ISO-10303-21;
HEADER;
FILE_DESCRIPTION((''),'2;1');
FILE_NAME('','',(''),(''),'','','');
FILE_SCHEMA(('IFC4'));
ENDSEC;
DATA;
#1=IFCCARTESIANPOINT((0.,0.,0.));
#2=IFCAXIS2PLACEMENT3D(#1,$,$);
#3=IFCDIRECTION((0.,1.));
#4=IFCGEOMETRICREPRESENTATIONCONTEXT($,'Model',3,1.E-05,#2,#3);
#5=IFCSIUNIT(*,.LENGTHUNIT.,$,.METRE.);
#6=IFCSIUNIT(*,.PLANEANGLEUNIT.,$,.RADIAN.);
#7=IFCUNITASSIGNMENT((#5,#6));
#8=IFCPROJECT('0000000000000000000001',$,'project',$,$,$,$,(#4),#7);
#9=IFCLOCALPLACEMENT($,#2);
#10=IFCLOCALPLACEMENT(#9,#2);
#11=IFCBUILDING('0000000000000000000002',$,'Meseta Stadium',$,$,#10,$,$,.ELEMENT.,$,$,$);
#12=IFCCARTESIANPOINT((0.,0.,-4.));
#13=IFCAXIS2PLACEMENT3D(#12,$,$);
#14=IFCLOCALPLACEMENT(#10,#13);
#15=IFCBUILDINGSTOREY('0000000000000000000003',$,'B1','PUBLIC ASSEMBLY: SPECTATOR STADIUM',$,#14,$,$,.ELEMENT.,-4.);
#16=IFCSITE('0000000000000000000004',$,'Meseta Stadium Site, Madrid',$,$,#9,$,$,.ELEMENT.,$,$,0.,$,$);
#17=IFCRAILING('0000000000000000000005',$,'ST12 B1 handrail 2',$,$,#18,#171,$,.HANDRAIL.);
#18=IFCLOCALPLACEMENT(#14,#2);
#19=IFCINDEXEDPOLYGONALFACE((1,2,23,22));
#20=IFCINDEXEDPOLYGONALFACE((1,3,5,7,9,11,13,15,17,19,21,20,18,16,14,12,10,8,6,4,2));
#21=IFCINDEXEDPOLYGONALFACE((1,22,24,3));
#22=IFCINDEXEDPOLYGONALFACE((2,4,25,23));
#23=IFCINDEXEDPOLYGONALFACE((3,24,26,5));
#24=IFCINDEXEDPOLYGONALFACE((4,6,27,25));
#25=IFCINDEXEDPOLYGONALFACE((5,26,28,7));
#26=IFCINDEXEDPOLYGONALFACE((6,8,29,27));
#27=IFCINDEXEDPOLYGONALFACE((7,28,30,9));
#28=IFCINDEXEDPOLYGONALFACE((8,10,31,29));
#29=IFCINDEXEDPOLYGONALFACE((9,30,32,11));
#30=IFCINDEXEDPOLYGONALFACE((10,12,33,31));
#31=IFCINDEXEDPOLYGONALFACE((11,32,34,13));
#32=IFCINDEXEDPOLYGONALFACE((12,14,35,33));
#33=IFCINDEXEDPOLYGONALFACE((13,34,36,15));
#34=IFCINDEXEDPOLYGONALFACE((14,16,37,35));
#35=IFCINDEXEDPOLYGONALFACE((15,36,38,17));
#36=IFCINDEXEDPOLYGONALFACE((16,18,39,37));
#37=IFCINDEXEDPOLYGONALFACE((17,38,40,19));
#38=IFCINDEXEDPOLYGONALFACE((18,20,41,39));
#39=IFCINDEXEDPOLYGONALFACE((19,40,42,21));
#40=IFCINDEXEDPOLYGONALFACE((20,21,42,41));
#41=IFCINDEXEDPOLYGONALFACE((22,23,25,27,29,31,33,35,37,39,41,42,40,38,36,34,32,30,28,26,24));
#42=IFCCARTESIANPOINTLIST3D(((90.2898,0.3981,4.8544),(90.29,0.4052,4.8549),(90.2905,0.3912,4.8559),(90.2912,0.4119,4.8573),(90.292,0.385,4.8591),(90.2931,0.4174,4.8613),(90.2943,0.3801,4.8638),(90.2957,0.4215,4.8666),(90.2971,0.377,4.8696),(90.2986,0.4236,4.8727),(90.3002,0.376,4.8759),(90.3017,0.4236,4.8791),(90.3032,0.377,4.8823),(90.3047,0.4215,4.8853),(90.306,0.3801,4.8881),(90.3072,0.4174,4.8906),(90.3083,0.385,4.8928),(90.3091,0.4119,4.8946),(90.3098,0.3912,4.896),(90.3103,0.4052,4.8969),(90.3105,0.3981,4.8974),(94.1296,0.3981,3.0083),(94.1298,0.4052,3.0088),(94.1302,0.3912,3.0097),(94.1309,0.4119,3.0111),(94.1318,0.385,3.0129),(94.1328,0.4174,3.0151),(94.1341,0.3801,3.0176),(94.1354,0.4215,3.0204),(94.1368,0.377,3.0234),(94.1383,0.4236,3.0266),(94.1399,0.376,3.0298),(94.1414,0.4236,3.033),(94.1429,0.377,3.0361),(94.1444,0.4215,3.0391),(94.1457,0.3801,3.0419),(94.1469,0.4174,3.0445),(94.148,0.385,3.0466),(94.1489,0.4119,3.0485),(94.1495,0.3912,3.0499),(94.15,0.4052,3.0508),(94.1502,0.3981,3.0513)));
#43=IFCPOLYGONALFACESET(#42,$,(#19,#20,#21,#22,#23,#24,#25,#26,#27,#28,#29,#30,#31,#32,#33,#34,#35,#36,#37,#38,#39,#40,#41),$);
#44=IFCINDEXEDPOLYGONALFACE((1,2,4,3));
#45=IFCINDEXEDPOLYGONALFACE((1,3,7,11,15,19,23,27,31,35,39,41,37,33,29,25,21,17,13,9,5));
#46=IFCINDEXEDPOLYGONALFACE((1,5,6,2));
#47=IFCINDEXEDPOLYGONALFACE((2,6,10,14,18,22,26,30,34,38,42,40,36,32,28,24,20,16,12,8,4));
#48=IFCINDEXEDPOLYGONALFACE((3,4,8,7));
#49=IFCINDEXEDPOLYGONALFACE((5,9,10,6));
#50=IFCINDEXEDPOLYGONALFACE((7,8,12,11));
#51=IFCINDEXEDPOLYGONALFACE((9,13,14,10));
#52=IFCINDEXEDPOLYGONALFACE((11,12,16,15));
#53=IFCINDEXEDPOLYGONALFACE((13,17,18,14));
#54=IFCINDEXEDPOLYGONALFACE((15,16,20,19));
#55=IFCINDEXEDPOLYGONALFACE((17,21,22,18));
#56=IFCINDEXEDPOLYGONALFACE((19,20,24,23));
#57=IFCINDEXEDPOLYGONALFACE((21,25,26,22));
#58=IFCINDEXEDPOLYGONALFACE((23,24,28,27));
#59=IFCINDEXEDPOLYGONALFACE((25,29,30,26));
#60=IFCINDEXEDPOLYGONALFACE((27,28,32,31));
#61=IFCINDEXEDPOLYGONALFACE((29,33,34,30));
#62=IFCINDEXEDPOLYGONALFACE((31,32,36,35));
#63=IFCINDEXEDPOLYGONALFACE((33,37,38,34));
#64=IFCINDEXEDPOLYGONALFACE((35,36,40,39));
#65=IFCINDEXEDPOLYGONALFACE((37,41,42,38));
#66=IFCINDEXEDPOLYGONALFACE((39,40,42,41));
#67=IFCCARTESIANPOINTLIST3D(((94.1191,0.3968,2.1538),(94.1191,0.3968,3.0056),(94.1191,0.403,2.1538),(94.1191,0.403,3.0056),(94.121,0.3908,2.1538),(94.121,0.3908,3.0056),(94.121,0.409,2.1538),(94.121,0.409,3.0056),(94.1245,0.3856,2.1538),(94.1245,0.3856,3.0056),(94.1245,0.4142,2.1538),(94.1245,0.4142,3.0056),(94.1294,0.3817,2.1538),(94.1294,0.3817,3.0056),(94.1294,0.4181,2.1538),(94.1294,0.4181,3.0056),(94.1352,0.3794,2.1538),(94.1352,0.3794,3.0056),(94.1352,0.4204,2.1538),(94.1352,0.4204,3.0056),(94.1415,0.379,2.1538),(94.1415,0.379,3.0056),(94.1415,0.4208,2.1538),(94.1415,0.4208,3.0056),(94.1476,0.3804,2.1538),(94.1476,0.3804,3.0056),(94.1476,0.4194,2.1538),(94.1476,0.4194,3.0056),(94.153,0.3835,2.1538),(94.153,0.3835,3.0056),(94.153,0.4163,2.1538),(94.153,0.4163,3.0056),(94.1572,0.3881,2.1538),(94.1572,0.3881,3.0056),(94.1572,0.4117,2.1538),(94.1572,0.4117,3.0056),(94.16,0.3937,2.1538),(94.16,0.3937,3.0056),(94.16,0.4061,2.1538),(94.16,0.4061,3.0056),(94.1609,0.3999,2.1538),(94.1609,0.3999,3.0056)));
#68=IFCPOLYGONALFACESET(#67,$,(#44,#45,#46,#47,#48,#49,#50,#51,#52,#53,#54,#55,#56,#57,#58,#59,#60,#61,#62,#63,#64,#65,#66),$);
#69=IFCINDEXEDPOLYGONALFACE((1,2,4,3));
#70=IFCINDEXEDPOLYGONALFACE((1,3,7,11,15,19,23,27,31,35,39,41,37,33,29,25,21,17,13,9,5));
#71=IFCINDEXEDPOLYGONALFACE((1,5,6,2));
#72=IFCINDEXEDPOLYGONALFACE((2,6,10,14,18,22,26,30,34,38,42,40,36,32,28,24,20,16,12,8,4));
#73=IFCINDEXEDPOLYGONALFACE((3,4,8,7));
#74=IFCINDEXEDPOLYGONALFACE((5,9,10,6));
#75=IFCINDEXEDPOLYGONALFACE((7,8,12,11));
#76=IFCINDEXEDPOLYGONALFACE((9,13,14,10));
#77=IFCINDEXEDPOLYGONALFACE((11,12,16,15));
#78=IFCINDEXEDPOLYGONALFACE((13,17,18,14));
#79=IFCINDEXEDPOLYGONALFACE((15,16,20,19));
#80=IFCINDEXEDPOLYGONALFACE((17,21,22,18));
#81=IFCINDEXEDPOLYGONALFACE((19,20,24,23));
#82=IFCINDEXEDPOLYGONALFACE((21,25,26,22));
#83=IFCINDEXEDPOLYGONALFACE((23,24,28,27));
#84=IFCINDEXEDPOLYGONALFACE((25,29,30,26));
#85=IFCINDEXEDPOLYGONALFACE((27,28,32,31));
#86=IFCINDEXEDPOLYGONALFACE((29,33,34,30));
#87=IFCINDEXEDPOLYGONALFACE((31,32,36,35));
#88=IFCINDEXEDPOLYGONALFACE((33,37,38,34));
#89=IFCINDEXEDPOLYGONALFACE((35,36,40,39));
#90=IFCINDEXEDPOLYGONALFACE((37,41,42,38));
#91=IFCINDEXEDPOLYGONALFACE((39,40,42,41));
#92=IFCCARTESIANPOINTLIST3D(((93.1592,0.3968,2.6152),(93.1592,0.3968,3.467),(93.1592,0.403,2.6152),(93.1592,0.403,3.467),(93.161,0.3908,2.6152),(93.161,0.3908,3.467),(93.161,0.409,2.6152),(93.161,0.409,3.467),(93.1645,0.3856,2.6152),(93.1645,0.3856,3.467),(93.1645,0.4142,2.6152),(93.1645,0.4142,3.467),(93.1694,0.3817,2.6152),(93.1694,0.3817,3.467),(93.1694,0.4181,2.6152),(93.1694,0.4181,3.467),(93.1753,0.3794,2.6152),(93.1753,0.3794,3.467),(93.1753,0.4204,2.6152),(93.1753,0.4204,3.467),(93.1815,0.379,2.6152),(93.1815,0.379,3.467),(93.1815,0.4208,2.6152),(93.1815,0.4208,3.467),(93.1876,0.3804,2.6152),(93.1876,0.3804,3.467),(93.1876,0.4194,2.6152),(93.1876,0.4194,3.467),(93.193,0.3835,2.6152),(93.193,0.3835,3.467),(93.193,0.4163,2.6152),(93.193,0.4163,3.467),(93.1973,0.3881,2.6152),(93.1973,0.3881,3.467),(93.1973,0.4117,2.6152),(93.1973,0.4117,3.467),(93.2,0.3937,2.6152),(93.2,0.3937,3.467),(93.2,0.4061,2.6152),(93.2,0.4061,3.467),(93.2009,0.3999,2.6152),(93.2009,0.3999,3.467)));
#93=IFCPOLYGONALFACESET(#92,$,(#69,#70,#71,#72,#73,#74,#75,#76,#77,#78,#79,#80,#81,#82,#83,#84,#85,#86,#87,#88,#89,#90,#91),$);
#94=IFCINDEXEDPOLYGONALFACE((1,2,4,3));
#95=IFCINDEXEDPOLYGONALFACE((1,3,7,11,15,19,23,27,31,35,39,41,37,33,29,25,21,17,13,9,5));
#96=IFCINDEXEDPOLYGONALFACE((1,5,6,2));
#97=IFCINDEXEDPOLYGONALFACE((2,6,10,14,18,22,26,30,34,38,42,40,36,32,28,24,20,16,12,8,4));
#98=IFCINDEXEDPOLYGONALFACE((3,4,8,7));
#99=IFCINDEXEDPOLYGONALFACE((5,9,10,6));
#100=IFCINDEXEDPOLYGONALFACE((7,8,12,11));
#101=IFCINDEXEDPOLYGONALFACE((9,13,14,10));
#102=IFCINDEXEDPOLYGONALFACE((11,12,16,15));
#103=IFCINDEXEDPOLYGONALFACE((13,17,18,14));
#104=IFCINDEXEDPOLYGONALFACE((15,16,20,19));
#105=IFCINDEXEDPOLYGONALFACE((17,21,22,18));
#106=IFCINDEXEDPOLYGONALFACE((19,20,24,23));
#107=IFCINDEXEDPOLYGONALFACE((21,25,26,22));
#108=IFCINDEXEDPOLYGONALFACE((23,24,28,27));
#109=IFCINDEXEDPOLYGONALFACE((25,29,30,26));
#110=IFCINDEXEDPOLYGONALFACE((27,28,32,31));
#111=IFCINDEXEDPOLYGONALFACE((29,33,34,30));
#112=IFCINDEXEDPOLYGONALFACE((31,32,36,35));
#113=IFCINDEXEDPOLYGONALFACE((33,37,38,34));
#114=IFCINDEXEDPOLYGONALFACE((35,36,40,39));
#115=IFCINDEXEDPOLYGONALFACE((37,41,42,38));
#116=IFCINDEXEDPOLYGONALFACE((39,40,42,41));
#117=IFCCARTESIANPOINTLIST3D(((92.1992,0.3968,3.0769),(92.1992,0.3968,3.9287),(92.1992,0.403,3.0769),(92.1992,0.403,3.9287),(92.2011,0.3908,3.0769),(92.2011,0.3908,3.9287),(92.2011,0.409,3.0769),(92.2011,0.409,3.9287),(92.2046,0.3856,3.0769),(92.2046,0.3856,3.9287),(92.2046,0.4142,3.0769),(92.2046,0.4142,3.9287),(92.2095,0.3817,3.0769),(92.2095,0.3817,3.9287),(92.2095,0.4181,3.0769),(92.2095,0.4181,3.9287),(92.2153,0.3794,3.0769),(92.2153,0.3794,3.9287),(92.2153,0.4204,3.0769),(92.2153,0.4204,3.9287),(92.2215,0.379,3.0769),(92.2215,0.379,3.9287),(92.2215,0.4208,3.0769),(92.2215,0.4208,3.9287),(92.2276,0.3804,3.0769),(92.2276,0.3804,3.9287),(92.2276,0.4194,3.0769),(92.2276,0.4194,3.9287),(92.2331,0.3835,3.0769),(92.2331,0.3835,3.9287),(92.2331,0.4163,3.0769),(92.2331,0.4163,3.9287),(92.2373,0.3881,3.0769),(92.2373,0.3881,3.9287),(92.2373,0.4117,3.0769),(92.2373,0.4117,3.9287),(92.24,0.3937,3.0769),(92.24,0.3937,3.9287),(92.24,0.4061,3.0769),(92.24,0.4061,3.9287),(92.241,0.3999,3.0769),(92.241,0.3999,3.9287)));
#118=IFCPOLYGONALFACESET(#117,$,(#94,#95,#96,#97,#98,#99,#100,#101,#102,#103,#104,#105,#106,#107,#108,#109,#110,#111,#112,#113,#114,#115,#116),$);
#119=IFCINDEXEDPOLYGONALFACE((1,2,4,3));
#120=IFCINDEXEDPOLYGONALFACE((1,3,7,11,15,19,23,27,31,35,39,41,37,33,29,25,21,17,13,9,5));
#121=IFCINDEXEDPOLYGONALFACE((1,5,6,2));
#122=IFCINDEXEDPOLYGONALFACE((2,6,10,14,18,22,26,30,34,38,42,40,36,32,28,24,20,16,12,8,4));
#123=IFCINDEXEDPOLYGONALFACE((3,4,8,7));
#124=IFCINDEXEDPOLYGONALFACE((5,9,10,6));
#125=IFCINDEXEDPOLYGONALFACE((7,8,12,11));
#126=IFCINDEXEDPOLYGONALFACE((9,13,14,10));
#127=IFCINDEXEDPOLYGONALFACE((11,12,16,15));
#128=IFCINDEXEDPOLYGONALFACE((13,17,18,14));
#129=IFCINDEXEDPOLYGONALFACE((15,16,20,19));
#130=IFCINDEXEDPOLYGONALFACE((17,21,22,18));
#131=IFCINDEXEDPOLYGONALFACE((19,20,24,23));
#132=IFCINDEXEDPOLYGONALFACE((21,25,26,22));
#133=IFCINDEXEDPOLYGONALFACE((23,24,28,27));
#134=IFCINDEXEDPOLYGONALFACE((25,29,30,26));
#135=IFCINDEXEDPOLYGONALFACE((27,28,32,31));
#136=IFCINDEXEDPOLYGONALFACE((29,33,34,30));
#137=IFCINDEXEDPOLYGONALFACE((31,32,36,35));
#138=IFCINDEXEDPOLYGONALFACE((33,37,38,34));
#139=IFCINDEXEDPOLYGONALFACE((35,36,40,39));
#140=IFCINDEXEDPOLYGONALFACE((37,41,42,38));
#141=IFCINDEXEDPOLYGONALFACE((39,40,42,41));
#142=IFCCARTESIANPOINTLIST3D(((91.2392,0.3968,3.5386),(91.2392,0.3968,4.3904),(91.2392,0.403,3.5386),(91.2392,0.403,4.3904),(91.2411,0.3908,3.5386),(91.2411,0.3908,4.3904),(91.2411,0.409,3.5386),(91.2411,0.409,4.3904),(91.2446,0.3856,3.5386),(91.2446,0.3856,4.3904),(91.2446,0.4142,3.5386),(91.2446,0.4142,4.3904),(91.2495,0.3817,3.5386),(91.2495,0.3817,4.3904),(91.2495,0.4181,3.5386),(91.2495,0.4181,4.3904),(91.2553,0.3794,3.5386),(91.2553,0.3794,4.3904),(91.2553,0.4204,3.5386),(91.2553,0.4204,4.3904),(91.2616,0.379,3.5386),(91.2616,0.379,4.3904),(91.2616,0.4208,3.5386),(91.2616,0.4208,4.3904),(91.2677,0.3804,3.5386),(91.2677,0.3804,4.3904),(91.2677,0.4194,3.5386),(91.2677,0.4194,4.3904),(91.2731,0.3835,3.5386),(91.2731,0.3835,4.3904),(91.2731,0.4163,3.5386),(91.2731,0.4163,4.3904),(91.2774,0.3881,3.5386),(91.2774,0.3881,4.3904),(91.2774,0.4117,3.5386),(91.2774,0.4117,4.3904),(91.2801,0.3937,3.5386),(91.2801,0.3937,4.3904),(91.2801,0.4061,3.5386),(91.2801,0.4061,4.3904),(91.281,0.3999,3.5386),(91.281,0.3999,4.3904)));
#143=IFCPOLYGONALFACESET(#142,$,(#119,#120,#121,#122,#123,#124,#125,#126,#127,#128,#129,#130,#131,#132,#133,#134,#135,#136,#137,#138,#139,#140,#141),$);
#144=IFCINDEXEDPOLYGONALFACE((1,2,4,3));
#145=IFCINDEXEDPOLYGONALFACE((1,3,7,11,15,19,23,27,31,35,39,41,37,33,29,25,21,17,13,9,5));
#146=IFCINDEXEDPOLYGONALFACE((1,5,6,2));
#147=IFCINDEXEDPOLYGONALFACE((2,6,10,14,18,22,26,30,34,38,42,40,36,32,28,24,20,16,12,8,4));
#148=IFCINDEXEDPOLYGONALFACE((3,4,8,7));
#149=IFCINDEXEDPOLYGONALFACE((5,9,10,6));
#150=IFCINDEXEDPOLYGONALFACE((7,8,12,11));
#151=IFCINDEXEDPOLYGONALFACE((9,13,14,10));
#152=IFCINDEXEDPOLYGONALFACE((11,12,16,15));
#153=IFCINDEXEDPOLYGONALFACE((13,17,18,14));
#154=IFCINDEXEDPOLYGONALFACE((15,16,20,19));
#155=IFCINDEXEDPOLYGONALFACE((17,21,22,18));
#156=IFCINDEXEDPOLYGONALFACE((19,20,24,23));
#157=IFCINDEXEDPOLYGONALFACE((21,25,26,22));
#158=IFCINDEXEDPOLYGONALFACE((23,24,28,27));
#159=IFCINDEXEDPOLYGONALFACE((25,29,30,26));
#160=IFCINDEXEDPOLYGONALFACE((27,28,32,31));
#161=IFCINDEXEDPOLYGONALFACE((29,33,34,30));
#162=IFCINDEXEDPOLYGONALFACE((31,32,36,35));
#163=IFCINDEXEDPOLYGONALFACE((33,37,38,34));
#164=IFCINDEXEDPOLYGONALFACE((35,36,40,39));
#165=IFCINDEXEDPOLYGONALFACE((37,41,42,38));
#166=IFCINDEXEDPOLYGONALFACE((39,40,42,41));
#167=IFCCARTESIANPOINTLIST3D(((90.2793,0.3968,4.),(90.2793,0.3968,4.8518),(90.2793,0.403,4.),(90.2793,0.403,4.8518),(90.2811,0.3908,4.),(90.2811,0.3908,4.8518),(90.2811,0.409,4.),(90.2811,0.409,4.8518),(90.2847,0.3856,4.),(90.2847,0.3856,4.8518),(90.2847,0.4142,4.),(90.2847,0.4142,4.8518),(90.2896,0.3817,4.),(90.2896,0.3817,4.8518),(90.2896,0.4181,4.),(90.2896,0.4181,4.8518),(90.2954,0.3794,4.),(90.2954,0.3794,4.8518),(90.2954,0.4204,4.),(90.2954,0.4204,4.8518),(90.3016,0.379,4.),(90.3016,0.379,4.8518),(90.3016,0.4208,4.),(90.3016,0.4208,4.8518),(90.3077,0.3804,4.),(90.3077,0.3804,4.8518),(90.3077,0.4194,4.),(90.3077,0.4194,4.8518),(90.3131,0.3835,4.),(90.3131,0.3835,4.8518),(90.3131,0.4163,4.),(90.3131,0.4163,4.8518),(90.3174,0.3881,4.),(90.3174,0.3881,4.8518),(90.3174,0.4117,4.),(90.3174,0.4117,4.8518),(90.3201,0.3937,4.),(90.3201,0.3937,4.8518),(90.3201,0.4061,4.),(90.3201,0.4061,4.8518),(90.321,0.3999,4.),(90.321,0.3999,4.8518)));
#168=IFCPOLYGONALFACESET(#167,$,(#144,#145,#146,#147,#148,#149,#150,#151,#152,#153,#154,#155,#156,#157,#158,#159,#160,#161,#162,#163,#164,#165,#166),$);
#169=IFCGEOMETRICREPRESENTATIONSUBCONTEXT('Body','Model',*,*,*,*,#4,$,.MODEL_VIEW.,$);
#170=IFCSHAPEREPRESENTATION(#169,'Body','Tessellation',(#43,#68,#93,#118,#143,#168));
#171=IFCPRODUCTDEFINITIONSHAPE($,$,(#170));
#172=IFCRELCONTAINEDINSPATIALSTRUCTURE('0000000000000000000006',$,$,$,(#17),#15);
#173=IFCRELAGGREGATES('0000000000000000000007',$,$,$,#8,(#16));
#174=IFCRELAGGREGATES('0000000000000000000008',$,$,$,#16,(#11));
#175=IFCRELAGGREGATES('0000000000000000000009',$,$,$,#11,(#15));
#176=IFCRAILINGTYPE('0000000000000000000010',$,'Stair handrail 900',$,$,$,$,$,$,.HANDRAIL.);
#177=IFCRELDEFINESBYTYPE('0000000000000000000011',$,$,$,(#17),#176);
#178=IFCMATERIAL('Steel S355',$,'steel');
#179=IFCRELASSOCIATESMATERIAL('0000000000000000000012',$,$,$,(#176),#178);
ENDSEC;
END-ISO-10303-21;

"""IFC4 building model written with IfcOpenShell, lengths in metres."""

from ifc_helpers import new_model, si_unit, direction, frame, origin, origin_2d, place, context, subcontext, project, spatial, circle, extrude, material, type_object, element, save


model = new_model("IFC4")

# Units and contexts
model_context = context("Model", 3, precision=1e-05, world=origin(), true_north=direction((0.0, 1.0)))
body_context = subcontext(model_context, "Body", "Model", "MODEL_VIEW")
ifc_project = project(units=[si_unit("LENGTHUNIT", "METRE"), si_unit("PLANEANGLEUNIT", "RADIAN")], contexts=[model_context])

# Site, building, storey
site_placement = place(None, origin())
site = spatial("IfcSite", under=ifc_project, at=site_placement, Name="Meseta Stadium Site, Madrid", CompositionType="ELEMENT", RefElevation=0.0)
building_placement = place(site_placement, origin())
building = spatial("IfcBuilding", under=site, at=building_placement, Name="Meseta Stadium", CompositionType="ELEMENT")
storey_placement = place(building_placement, frame((0.0, 0.0, -4.0)))
storey = spatial("IfcBuildingStorey", under=building, at=storey_placement, Name="B1", Description="PUBLIC ASSEMBLY: SPECTATOR STADIUM", CompositionType="ELEMENT", Elevation=-4.0)

# Railing
ifc_material_1 = material(Name="Steel S355", Category="steel")
railing_type_1 = type_object("IfcRailingType", Name="Stair handrail 900", PredefinedType="HANDRAIL", material=ifc_material_1)
for number, where, name in (
    (1, (94.1399, 0.3999, 2.1538), "ST12 B1 handrail 2"),
):
    element("IfcRailing", number, at=place(storey_placement, frame(where)), inside=storey, type_object=railing_type_1, Name=name, PredefinedType="HANDRAIL", context=body_context, shape_type="SweptSolid", body=[
        extrude(circle(Radius=0.0239, at=origin_2d()), frame((0.0, 0.0, 0.876), z_axis=(-0.901242, 0.0, 0.433316), x_axis=(0.0, -1.0, 0.0)), (0.0, 0.0, 1.0), 4.2605),
        extrude(circle(Radius=0.021, at=origin_2d()), origin(), (0.0, 0.0, 1.0), 0.8518),
        extrude(circle(Radius=0.021, at=origin_2d()), frame((-0.96, 0.0, 0.4614)), (0.0, 0.0, 1.0), 0.8518),
        extrude(circle(Radius=0.021, at=origin_2d()), frame((-1.9199, 0.0, 0.9231)), (0.0, 0.0, 1.0), 0.8518),
        extrude(circle(Radius=0.021, at=origin_2d()), frame((-2.8799, 0.0, 1.3848)), (0.0, 0.0, 1.0), 0.8518),
        extrude(circle(Radius=0.021, at=origin_2d()), frame((-3.8398, 0.0, 1.8462)), (0.0, 0.0, 1.0), 0.8518),
    ])

save(model, "model.ifc")
